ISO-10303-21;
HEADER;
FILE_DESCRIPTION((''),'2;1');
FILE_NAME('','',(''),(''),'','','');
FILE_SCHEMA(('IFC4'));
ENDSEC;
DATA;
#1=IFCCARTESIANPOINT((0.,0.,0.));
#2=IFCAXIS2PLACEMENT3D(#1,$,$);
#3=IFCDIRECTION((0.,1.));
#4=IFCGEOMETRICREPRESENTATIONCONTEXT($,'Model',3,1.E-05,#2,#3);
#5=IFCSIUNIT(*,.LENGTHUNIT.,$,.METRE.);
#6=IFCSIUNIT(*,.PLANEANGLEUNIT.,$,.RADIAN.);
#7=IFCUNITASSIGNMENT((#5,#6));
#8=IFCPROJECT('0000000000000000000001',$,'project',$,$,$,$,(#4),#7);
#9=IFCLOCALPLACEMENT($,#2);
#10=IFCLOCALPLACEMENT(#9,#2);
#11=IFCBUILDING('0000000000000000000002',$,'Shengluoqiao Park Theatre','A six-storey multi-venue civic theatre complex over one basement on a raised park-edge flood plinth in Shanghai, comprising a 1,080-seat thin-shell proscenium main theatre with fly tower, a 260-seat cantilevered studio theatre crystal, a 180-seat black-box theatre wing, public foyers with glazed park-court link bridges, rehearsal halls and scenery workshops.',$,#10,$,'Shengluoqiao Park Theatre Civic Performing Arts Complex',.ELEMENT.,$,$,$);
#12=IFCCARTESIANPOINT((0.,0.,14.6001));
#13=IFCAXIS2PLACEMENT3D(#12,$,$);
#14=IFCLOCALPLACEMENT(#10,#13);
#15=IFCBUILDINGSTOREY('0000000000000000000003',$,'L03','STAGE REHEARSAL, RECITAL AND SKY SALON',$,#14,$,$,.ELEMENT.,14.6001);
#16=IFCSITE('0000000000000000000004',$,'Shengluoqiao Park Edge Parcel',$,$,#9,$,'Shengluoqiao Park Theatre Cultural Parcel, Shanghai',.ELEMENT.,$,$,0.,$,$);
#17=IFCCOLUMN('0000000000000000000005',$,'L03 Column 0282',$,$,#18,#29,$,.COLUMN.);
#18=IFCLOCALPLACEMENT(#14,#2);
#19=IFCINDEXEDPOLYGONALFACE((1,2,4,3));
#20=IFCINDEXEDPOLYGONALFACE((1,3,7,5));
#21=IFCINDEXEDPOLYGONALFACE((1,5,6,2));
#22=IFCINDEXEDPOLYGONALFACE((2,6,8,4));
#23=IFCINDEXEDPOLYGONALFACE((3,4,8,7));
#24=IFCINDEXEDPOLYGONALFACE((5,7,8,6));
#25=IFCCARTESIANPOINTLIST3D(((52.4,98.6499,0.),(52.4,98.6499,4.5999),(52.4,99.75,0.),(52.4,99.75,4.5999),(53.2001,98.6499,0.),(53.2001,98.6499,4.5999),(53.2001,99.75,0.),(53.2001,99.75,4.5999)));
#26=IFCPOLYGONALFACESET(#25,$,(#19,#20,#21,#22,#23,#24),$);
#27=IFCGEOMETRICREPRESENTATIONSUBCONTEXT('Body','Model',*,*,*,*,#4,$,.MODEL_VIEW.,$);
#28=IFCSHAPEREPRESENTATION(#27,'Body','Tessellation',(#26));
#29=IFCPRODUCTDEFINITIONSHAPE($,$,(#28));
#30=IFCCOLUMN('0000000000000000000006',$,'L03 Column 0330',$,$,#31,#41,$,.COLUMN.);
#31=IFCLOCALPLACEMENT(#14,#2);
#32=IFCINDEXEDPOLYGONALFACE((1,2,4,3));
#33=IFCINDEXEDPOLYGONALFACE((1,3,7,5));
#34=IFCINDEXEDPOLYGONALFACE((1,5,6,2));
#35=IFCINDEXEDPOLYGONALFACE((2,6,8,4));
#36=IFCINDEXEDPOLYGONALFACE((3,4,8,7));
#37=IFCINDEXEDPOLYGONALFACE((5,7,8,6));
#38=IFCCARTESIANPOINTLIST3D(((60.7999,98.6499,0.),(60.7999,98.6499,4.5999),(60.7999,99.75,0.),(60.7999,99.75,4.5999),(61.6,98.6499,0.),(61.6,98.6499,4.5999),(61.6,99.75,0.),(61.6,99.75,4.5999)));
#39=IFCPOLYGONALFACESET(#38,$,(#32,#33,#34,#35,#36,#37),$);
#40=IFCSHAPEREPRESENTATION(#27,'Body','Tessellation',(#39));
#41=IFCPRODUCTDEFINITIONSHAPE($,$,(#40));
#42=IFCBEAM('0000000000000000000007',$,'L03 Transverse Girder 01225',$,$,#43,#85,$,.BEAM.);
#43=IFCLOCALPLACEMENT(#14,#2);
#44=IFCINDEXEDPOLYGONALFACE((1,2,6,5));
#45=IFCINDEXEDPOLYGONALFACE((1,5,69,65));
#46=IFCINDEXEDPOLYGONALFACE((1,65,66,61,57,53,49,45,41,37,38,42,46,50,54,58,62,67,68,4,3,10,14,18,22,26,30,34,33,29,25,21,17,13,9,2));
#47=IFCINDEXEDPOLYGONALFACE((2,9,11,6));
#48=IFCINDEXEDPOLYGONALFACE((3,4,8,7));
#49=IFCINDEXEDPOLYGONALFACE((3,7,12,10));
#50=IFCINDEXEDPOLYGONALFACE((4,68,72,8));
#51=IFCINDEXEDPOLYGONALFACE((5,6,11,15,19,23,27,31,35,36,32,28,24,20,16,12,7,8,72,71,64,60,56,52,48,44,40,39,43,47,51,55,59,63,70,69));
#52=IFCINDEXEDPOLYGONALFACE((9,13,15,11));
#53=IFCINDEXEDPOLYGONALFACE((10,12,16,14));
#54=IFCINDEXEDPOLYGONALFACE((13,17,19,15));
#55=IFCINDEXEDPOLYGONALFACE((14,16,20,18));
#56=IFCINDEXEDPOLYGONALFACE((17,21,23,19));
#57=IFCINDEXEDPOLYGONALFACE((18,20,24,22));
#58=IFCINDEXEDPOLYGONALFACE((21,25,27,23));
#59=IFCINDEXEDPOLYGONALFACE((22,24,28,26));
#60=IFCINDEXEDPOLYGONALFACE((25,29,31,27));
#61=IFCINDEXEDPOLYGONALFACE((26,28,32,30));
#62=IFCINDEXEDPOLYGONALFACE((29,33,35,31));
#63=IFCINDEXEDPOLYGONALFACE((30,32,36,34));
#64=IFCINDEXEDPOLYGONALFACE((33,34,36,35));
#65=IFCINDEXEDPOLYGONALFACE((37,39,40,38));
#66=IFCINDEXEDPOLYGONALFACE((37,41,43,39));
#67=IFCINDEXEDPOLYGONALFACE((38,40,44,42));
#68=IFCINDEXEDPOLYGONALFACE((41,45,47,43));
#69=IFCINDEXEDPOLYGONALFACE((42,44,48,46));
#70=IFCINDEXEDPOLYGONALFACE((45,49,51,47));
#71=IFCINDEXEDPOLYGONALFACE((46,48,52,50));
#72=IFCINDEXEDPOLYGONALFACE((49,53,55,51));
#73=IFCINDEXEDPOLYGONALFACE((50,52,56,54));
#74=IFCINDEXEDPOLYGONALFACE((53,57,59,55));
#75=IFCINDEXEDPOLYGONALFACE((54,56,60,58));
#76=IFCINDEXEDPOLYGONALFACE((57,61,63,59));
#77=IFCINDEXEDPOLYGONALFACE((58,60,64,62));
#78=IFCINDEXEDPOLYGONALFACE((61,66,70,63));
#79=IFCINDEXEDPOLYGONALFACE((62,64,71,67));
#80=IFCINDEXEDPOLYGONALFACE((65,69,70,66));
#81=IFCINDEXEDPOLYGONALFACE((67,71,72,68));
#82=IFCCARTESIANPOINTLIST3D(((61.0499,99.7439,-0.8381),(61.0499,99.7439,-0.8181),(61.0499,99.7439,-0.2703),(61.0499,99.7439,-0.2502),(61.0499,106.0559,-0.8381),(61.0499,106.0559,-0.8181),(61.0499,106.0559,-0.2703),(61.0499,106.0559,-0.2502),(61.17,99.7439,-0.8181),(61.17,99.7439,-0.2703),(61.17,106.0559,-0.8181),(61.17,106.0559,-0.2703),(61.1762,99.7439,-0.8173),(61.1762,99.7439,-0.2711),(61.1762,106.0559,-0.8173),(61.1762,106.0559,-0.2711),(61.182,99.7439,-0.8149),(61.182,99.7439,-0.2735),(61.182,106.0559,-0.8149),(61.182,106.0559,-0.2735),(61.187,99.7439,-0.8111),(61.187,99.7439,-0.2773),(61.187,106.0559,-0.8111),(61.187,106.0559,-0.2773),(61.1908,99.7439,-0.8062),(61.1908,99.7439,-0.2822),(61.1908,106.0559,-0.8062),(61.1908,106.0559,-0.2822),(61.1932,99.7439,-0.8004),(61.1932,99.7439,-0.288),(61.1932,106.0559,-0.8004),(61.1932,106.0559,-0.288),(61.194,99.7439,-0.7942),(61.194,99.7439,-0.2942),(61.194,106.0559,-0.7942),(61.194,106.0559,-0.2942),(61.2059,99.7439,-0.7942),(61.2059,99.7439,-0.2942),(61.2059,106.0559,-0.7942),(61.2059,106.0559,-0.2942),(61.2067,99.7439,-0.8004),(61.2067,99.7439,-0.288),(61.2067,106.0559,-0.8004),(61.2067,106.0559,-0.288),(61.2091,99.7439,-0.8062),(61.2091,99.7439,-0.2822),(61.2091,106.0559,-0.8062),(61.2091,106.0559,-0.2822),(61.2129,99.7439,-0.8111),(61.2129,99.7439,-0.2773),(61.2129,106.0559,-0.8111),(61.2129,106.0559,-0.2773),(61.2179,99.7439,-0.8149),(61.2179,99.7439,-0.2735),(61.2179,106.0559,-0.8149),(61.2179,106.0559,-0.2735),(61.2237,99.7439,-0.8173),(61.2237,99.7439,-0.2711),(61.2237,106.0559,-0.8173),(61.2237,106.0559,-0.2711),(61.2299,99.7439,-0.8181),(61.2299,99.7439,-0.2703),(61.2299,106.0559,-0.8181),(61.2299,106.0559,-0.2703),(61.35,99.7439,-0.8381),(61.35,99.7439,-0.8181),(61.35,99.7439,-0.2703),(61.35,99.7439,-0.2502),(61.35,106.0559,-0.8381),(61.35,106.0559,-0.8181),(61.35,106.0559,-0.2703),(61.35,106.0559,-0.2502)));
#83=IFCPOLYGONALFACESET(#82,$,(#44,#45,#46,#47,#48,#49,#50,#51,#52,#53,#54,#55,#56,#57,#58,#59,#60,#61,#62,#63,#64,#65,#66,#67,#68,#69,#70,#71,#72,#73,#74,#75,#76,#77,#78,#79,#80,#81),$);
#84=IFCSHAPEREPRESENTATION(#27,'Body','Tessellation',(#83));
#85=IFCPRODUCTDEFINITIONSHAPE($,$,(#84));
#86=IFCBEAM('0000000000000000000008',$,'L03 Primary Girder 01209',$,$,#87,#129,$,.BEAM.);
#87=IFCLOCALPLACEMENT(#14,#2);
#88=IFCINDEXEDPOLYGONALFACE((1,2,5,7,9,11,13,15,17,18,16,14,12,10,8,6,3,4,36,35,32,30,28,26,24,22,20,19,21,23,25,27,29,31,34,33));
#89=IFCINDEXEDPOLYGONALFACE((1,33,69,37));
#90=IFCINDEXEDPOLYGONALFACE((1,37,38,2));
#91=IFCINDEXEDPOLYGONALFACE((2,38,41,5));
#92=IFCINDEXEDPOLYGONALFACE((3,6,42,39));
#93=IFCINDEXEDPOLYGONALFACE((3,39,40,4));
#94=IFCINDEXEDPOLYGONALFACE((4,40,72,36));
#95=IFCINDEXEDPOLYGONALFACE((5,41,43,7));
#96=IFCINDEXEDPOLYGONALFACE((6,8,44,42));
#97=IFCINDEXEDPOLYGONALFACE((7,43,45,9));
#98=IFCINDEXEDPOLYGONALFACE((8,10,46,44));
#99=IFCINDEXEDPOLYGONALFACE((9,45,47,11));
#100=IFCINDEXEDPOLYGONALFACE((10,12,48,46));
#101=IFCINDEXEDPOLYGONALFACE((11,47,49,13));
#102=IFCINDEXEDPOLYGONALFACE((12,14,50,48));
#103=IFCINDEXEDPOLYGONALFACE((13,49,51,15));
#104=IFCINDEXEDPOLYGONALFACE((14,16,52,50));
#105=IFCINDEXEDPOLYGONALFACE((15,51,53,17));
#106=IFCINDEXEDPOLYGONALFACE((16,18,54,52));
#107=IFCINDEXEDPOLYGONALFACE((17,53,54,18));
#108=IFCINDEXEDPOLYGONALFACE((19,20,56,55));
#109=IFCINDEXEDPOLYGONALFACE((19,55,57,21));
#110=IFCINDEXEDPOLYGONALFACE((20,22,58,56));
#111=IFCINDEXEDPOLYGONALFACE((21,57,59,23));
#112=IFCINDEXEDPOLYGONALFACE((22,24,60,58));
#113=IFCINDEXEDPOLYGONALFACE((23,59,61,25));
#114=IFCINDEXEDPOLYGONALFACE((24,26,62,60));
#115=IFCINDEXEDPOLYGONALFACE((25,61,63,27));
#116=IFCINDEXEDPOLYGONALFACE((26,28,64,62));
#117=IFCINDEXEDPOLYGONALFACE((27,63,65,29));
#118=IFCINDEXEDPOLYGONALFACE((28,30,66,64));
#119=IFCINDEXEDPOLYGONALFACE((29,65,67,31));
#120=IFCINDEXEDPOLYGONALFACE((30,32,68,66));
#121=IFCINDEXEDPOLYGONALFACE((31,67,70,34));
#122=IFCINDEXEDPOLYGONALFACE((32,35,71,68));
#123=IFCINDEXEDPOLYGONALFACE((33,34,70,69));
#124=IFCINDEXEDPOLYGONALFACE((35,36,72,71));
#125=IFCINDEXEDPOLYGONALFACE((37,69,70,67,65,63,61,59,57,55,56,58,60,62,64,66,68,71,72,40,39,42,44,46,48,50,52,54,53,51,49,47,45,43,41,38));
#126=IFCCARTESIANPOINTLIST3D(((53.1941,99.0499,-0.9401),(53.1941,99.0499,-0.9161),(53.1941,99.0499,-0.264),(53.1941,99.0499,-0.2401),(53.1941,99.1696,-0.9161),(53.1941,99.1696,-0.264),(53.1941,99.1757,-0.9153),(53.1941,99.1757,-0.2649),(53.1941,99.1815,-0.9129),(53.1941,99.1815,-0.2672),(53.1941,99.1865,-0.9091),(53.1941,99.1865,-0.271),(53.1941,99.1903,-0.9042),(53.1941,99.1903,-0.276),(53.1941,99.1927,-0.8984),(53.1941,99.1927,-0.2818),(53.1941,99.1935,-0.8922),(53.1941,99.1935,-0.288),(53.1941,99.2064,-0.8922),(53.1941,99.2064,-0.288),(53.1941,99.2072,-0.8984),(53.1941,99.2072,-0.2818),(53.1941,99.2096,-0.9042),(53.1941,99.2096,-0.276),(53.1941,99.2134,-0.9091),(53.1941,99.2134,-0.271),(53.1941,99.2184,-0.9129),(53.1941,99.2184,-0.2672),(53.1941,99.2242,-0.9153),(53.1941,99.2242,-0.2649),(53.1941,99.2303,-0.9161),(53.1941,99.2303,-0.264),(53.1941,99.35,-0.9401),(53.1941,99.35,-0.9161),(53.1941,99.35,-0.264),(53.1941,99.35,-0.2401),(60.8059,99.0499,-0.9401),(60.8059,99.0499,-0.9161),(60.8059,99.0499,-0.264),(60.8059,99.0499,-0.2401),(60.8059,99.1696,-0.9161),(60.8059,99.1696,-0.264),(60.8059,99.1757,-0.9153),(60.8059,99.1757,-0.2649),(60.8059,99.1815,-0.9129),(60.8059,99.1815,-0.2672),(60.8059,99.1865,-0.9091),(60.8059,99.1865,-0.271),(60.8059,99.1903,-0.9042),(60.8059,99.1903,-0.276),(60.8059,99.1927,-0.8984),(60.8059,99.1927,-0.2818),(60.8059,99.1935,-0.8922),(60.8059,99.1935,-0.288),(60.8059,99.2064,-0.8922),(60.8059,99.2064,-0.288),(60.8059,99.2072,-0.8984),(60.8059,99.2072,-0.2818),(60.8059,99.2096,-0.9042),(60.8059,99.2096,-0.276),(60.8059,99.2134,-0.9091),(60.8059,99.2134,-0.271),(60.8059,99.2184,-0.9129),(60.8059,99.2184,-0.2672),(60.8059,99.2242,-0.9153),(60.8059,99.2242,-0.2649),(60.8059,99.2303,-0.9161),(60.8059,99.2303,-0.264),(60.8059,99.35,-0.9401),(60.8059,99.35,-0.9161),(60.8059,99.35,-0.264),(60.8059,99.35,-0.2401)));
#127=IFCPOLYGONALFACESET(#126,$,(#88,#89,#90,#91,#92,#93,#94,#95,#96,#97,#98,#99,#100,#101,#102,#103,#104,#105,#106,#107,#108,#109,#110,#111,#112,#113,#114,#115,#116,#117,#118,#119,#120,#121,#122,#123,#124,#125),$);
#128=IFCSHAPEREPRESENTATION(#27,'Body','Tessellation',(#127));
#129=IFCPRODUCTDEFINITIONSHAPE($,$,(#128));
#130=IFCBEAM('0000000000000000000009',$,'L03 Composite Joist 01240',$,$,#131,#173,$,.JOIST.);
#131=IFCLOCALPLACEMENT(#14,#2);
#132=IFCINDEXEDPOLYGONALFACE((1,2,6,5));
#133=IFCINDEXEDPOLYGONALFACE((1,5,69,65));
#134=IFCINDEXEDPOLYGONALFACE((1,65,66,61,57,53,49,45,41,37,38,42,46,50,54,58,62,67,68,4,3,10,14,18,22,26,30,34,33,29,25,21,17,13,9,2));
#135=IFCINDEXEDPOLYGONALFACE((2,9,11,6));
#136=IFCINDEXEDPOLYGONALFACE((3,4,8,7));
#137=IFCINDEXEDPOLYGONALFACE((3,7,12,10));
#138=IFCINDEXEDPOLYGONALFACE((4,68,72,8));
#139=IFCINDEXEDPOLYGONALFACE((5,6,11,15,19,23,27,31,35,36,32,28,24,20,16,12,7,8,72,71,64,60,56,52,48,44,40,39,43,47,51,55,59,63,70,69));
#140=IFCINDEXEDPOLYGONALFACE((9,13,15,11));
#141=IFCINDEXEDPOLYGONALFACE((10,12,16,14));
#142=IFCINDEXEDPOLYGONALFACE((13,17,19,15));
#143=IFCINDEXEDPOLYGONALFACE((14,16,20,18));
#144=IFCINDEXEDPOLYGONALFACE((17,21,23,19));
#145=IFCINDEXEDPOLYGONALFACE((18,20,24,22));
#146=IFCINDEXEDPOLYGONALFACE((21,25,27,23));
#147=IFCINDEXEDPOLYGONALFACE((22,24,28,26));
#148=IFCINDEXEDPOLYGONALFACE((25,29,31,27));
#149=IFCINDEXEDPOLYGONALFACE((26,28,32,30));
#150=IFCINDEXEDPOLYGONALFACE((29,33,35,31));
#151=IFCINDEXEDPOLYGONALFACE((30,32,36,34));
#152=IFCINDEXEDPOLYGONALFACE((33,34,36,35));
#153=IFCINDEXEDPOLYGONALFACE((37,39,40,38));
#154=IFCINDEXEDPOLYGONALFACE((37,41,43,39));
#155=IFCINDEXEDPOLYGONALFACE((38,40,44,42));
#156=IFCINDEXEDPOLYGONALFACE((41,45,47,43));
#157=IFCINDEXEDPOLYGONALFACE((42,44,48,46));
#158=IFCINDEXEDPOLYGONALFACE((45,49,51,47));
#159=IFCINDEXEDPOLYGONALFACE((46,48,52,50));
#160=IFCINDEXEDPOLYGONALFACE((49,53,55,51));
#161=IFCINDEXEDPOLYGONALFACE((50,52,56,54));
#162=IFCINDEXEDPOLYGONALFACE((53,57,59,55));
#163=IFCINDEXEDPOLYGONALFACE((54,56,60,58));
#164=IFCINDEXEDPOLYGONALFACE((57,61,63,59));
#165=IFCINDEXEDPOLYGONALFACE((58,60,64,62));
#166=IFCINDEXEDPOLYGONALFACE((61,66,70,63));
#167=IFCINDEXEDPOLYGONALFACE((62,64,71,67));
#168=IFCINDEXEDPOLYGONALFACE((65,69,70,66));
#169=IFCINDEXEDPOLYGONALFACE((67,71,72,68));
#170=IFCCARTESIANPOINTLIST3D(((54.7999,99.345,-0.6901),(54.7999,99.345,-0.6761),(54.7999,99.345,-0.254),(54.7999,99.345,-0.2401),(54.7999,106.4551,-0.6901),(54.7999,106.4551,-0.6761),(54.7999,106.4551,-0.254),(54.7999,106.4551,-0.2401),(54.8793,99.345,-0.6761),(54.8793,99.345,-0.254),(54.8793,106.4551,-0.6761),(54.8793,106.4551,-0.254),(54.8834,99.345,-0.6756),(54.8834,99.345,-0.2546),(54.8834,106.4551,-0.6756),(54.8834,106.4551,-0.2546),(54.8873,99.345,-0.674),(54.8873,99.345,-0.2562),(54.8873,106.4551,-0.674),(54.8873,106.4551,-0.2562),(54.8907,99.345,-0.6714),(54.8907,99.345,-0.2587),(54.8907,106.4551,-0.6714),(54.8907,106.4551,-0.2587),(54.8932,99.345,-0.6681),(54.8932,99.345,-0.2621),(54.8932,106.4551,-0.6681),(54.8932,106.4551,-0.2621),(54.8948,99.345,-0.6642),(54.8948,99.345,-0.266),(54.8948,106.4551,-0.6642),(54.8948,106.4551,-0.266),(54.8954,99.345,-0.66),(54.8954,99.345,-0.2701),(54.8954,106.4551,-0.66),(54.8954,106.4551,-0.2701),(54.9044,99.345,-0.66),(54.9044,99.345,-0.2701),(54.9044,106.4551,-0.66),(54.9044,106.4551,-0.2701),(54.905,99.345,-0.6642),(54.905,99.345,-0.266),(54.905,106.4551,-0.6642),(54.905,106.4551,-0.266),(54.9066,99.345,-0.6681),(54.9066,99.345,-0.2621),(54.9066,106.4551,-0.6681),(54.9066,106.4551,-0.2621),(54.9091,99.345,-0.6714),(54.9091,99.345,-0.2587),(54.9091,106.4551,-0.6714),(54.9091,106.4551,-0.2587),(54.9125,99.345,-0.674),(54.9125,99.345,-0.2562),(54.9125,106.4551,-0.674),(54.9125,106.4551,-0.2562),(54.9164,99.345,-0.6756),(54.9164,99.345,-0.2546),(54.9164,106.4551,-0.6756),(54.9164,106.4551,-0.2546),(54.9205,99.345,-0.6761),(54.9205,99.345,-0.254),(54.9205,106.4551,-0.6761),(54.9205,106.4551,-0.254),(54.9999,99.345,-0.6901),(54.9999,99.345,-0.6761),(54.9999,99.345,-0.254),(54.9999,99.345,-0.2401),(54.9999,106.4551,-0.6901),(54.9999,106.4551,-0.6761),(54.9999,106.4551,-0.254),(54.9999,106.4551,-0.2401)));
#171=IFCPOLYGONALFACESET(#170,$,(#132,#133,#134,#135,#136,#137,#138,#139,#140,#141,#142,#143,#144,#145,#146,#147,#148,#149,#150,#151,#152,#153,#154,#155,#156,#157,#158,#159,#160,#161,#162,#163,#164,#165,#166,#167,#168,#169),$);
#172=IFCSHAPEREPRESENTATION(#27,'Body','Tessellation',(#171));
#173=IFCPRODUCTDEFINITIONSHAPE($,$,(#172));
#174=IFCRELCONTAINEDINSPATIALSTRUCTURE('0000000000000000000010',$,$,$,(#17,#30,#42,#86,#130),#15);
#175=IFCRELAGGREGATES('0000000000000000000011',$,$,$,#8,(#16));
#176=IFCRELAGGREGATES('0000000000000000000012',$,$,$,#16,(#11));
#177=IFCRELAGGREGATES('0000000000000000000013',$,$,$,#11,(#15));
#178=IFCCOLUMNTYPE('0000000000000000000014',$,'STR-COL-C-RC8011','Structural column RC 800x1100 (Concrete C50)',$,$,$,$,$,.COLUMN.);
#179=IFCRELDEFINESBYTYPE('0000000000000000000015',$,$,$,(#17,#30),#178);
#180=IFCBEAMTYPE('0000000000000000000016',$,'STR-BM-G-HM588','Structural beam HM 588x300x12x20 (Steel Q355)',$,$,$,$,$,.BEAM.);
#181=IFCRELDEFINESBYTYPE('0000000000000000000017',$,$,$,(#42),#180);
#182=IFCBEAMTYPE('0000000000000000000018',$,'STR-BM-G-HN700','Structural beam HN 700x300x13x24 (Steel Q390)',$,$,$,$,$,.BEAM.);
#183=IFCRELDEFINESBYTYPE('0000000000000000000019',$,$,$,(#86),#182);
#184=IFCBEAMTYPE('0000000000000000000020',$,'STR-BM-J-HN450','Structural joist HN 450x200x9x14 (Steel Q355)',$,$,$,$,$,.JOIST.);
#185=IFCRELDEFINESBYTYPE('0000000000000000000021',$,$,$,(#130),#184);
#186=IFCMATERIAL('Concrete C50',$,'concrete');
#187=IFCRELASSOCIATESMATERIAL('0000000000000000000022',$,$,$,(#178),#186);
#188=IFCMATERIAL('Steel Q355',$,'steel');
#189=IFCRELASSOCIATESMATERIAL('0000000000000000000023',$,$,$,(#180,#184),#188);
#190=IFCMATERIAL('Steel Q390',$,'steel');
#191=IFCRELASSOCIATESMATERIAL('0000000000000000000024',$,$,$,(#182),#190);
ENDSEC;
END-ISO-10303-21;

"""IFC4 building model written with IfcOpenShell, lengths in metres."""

from ifc_helpers import new_model, si_unit, direction, frame, origin, origin_2d, place, context, subcontext, project, spatial, rectangle, i_section, extrude, material, material_profile, profile_set, type_object, element, save


model = new_model("IFC4")

# Units and contexts
model_context = context("Model", 3, precision=1e-05, world=origin(), true_north=direction((0.0, 1.0)))
body_context = subcontext(model_context, "Body", "Model", "MODEL_VIEW")
ifc_project = project(units=[si_unit("LENGTHUNIT", "METRE"), si_unit("PLANEANGLEUNIT", "RADIAN")], contexts=[model_context])

# Site, building, storey
site_placement = place(None, origin())
site = spatial("IfcSite", under=ifc_project, at=site_placement, Name="Shengluoqiao Park Edge Parcel", LongName="Shengluoqiao Park Theatre Cultural Parcel, Shanghai", CompositionType="ELEMENT", RefElevation=0.0)
building_placement = place(site_placement, origin())
building = spatial("IfcBuilding", under=site, at=building_placement, Name="Shengluoqiao Park Theatre", Description="A six-storey multi-venue civic theatre complex over one basement on a raised park-edge flood plinth in Shanghai, comprising a 1,080-seat thin-shell proscenium main theatre with fly tower, a 260-seat cantilevered studio theatre crystal, a 180-seat black-box theatre wing, public foyers with glazed park-court link bridges, rehearsal halls and scenery workshops.", LongName="Shengluoqiao Park Theatre Civic Performing Arts Complex", CompositionType="ELEMENT")
storey_placement = place(building_placement, frame((0.0, 0.0, 14.6001)))
storey = spatial("IfcBuildingStorey", under=building, at=storey_placement, Name="L03", Description="STAGE REHEARSAL, RECITAL AND SKY SALON", CompositionType="ELEMENT", Elevation=14.6001)

# Columns
ifc_material_1 = material(Name="Concrete C50", Category="concrete")
ifc_material_profile_1 = material_profile(ifc_material_1, rectangle(XDim=0.8, YDim=1.1001, at=origin_2d()), Name="RC 800x1100")
ifc_profile_set_1 = profile_set([ifc_material_profile_1], Name="Concrete C50")
column_type = type_object("IfcColumnType", Name="STR-COL-C-RC8011", Description="Structural column RC 800x1100 (Concrete C50)", PredefinedType="COLUMN", material=ifc_profile_set_1)
for number, where, z_axis, x_axis, name in (
    (1, (52.8, 99.2, 0.0), (0.0, 0.0, 1.0), (1.0, 0.0, 0.0), "L03 Column 0282"),
    (2, (61.2, 99.2, 0.0), (0.0, 0.0, 1.0), (1.0, 0.0, 0.0), "L03 Column 0330"),
):
    element("IfcColumn", number, at=place(storey_placement, frame(where, z_axis=z_axis, x_axis=x_axis)), inside=storey, type_object=column_type, Name=name, PredefinedType="COLUMN", context=body_context, shape_type="SweptSolid", body=[
        extrude(rectangle(XDim=0.8, YDim=1.1001, at=origin_2d()), origin(), (0.0, 0.0, 1.0), 4.5999),
    ])

# Beams
ifc_material_2 = material(Name="Steel Q355", Category="steel")
ifc_material_profile_2 = material_profile(ifc_material_2, i_section(OverallWidth=0.3, OverallDepth=0.5879, WebThickness=0.012, FlangeThickness=0.02, FilletRadius=0.0239, at=origin_2d()), Name="HM 588x300x12x20")
ifc_profile_set_2 = profile_set([ifc_material_profile_2], Name="Steel Q355")
beam_type_1 = type_object("IfcBeamType", Name="STR-BM-G-HM588", Description="Structural beam HM 588x300x12x20 (Steel Q355)", PredefinedType="BEAM", material=ifc_profile_set_2)
beam_1_placement = place(storey_placement, frame((61.2, 99.7439, -0.5442), z_axis=(0.0, 1.0, 0.0), x_axis=(-1.0, 0.0, 0.0)))
element("IfcBeam", 3, at=beam_1_placement, inside=storey, type_object=beam_type_1, Name="L03 Transverse Girder 01225", PredefinedType="BEAM", context=body_context, shape_type="SweptSolid", body=[
    extrude(i_section(OverallWidth=0.3, OverallDepth=0.5879, WebThickness=0.012, FlangeThickness=0.02, FilletRadius=0.0239, at=origin_2d()), origin(), (0.0, 0.0, 1.0), 6.312),
])
ifc_material_3 = material(Name="Steel Q390", Category="steel")
ifc_material_profile_3 = material_profile(ifc_material_3, i_section(OverallWidth=0.3, OverallDepth=0.7, WebThickness=0.0129, FlangeThickness=0.0239, FilletRadius=0.0239, at=origin_2d()), Name="HN 700x300x13x24")
ifc_profile_set_3 = profile_set([ifc_material_profile_3], Name="Steel Q390")
beam_type_2 = type_object("IfcBeamType", Name="STR-BM-G-HN700", Description="Structural beam HN 700x300x13x24 (Steel Q390)", PredefinedType="BEAM", material=ifc_profile_set_3)
beam_2_placement = place(storey_placement, frame((53.1941, 99.2, -0.5901), z_axis=(1.0, 0.0, 0.0), x_axis=(0.0, 1.0, 0.0)))
element("IfcBeam", 4, at=beam_2_placement, inside=storey, type_object=beam_type_2, Name="L03 Primary Girder 01209", PredefinedType="BEAM", context=body_context, shape_type="SweptSolid", body=[
    extrude(i_section(OverallWidth=0.3, OverallDepth=0.7, WebThickness=0.0129, FlangeThickness=0.0239, FilletRadius=0.0239, at=origin_2d()), origin(), (0.0, 0.0, 1.0), 7.6118),
])
ifc_material_profile_4 = material_profile(ifc_material_2, i_section(OverallWidth=0.2, OverallDepth=0.45, WebThickness=0.009, FlangeThickness=0.0139, FilletRadius=0.0161, at=origin_2d()), Name="HN 450x200x9x14")
ifc_profile_set_4 = profile_set([ifc_material_profile_4], Name="Steel Q355")
beam_type_3 = type_object("IfcBeamType", Name="STR-BM-J-HN450", Description="Structural joist HN 450x200x9x14 (Steel Q355)", PredefinedType="JOIST", material=ifc_profile_set_4)
for number, where, z_axis, x_axis, name in (
    (5, (54.8999, 99.345, -0.4651), (0.0, 1.0, 0.0), (-1.0, 0.0, 0.0), "L03 Composite Joist 01240"),
):
    element("IfcBeam", number, at=place(storey_placement, frame(where, z_axis=z_axis, x_axis=x_axis)), inside=storey, type_object=beam_type_3, Name=name, PredefinedType="JOIST", context=body_context, shape_type="SweptSolid", body=[
        extrude(i_section(OverallWidth=0.2, OverallDepth=0.45, WebThickness=0.009, FlangeThickness=0.0139, FilletRadius=0.0161, at=origin_2d()), origin(), (0.0, 0.0, 1.0), 7.1101),
    ])

save(model, "model.ifc")
